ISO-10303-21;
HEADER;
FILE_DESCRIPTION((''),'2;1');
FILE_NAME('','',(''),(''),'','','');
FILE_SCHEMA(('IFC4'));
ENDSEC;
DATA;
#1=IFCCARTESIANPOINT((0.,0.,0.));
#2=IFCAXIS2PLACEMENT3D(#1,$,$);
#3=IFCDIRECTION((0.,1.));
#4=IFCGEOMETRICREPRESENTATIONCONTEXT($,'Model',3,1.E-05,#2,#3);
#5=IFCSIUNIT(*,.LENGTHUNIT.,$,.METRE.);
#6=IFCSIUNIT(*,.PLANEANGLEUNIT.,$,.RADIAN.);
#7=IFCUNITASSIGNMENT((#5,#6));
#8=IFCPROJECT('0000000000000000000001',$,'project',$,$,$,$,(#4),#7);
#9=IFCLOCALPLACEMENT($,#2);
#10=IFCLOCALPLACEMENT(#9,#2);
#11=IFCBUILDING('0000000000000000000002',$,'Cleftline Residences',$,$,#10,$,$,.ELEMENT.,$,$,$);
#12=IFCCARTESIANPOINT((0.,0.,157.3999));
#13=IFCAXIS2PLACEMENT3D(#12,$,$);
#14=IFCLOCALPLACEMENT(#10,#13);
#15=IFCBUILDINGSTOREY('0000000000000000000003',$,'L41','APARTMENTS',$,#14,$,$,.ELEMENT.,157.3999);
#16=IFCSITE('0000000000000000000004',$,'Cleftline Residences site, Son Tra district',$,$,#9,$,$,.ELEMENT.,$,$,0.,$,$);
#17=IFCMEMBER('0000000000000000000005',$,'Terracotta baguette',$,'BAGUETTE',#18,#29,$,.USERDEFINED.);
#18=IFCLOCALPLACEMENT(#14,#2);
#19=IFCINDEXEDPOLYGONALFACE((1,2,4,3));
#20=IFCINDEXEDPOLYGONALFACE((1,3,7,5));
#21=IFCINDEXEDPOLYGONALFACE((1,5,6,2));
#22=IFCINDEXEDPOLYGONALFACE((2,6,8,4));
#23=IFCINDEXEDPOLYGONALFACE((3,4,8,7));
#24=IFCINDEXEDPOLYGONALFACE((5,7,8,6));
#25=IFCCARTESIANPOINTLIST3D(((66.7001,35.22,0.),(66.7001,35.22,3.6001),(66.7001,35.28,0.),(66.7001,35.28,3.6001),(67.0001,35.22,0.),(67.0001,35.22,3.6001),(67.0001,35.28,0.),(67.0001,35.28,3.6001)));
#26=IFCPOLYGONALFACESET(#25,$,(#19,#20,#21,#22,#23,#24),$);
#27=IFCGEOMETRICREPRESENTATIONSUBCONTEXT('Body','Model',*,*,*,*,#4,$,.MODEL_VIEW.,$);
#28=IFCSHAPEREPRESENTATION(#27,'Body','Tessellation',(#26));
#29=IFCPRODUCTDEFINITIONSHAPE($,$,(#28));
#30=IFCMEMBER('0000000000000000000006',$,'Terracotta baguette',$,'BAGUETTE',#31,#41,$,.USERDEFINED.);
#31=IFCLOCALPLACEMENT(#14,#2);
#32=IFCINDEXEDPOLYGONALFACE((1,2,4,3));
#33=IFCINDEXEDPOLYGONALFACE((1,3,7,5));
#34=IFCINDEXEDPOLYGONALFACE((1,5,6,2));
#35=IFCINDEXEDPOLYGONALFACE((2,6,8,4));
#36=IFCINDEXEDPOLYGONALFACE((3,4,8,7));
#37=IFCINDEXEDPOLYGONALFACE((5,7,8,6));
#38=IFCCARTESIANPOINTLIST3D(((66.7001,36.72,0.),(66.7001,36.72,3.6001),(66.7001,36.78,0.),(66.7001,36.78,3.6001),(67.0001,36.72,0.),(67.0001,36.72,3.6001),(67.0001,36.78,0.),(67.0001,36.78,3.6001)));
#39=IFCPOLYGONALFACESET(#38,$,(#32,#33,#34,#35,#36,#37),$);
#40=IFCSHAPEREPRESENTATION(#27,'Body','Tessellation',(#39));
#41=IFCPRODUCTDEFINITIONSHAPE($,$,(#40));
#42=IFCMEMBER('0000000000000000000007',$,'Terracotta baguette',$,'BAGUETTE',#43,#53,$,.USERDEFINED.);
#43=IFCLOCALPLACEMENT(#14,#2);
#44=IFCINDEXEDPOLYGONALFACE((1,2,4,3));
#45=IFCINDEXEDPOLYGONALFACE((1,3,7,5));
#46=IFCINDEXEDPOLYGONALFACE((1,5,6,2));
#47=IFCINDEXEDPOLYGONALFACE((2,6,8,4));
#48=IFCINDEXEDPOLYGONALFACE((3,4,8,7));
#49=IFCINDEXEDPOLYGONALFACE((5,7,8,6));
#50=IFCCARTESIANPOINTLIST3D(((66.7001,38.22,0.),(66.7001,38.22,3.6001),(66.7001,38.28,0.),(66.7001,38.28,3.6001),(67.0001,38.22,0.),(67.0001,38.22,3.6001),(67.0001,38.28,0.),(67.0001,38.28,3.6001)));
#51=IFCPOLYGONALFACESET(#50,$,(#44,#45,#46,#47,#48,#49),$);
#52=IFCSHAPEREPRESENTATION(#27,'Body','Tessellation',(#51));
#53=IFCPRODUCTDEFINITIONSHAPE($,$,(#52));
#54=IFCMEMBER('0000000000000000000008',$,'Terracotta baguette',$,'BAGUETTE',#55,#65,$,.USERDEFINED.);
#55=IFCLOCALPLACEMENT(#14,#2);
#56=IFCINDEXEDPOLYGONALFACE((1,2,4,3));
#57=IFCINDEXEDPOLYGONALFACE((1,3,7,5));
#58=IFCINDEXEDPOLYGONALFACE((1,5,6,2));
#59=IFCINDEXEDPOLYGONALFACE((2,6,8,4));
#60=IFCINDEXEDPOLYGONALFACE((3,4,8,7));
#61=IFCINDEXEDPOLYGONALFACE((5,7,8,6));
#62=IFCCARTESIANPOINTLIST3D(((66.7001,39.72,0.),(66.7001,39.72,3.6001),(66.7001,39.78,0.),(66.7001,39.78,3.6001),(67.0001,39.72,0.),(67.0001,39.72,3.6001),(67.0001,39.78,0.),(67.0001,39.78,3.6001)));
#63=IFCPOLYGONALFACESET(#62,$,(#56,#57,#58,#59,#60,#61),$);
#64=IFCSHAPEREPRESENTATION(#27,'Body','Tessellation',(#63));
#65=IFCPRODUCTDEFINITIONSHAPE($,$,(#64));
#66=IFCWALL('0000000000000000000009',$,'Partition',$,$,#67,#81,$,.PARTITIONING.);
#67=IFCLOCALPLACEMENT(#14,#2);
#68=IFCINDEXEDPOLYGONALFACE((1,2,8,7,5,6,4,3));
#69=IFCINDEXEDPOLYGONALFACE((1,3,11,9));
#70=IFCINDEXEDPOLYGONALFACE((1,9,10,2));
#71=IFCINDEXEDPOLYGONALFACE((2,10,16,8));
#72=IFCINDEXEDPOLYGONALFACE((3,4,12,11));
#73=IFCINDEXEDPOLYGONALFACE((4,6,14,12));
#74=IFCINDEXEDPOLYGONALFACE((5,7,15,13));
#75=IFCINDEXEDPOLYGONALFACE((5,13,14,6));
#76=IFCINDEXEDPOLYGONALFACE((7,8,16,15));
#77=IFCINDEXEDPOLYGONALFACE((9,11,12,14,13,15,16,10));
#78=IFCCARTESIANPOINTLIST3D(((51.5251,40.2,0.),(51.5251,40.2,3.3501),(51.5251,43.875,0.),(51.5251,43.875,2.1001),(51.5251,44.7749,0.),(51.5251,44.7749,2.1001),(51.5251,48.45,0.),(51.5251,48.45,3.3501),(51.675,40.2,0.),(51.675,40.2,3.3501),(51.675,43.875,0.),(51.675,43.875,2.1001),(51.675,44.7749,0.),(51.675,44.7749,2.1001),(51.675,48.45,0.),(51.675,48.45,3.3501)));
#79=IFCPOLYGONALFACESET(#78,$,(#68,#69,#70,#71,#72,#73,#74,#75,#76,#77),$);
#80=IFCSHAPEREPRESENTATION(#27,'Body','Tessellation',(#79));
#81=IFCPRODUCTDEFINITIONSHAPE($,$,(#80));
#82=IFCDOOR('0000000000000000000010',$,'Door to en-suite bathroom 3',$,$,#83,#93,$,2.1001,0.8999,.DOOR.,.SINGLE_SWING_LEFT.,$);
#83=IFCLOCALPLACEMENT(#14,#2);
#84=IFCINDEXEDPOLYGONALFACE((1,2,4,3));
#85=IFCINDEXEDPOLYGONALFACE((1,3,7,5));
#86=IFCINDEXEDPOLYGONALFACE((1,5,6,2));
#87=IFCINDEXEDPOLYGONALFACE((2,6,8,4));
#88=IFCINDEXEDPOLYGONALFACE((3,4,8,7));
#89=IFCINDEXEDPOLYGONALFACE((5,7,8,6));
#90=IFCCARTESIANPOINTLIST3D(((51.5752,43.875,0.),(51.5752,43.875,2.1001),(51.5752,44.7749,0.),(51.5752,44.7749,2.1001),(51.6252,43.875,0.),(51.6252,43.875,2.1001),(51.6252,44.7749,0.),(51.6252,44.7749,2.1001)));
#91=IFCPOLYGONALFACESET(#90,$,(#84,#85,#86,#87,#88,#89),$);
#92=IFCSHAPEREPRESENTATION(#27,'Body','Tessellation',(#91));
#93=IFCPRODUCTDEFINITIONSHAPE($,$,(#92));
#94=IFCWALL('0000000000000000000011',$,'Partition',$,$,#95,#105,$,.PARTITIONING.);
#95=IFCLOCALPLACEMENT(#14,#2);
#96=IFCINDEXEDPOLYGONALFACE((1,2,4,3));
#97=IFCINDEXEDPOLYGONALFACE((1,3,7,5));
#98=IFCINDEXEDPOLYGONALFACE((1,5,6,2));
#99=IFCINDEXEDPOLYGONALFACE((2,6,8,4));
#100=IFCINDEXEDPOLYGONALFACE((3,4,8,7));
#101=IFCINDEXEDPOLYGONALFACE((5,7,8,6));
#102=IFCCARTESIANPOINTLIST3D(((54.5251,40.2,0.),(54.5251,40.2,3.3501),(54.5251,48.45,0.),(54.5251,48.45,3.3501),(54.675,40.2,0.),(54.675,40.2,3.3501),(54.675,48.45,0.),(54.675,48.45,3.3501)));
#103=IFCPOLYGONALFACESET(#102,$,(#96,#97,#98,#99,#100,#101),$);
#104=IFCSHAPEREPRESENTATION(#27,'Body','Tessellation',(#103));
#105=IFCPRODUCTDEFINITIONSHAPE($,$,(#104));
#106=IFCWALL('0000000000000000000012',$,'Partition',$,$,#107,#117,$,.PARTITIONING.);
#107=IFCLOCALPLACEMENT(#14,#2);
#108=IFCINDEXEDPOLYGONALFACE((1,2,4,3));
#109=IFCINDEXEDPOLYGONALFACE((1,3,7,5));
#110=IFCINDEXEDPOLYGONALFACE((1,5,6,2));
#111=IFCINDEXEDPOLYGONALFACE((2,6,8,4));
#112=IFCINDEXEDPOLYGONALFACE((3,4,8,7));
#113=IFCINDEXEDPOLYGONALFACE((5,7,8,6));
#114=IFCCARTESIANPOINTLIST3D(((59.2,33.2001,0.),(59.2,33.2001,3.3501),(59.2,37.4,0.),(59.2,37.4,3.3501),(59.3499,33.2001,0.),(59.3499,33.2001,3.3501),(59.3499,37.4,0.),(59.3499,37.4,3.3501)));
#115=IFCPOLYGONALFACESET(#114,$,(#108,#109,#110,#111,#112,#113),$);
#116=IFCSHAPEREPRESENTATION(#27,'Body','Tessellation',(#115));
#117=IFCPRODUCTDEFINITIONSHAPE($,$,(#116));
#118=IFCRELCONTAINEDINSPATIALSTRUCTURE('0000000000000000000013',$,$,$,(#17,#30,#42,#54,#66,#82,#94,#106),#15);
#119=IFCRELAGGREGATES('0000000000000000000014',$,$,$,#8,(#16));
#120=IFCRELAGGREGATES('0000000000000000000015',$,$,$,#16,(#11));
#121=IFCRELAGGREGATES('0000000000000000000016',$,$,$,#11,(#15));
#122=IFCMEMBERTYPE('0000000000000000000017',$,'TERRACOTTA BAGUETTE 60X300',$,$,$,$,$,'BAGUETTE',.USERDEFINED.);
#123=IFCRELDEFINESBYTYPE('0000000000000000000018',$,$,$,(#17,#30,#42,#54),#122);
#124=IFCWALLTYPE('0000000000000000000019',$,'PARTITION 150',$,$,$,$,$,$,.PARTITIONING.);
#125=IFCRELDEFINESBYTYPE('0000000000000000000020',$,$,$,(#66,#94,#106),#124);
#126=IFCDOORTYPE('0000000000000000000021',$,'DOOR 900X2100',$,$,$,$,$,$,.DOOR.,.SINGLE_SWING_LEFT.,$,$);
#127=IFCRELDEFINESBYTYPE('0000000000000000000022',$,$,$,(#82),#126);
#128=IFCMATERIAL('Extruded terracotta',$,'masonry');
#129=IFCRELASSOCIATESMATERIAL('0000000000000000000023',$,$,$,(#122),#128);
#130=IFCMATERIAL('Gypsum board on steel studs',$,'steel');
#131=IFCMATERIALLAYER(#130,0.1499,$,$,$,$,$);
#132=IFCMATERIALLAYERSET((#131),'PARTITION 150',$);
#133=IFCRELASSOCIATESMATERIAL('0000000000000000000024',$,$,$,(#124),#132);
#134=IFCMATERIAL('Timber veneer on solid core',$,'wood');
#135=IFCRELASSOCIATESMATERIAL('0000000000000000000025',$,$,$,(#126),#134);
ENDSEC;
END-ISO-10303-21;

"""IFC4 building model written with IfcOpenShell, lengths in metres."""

from ifc_helpers import new_model, si_unit, direction, frame, frame_2d, origin, origin_2d, place, context, subcontext, project, spatial, rectangle, extrude, material, layer, layer_set, material_profile, profile_set, type_object, element, fill, save


model = new_model("IFC4")

# Units and contexts
model_context = context("Model", 3, precision=1e-05, world=origin(), true_north=direction((0.0, 1.0)))
body_context = subcontext(model_context, "Body", "Model", "MODEL_VIEW")
ifc_project = project(units=[si_unit("LENGTHUNIT", "METRE"), si_unit("PLANEANGLEUNIT", "RADIAN")], contexts=[model_context])

# Site, building, storey
site_placement = place(None, origin())
site = spatial("IfcSite", under=ifc_project, at=site_placement, Name="Cleftline Residences site, Son Tra district", CompositionType="ELEMENT", RefElevation=0.0)
building_placement = place(site_placement, origin())
building = spatial("IfcBuilding", under=site, at=building_placement, Name="Cleftline Residences", CompositionType="ELEMENT")
storey_placement = place(building_placement, frame((0.0, 0.0, 157.3999)))
storey = spatial("IfcBuildingStorey", under=building, at=storey_placement, Name="L41", Description="APARTMENTS", CompositionType="ELEMENT", Elevation=157.3999)

# Members
ifc_material_1 = material(Name="Extruded terracotta", Category="masonry")
ifc_material_profile_1 = material_profile(ifc_material_1, rectangle(XDim=0.0601, YDim=0.3, at=origin_2d()))
ifc_profile_set_1 = profile_set([ifc_material_profile_1], Name="Extruded terracotta")
member_type_1 = type_object("IfcMemberType", Name="TERRACOTTA BAGUETTE 60X300", ElementType="BAGUETTE", PredefinedType="USERDEFINED", material=ifc_profile_set_1)
for number, where, z_axis, x_axis, name in (
    (1, (66.8501, 35.25, 0.0), (0.0, 0.0, 1.0), (0.0, 1.0, 0.0), "Terracotta baguette"),
    (2, (66.8501, 36.75, 0.0), (0.0, 0.0, 1.0), (0.0, 1.0, 0.0), "Terracotta baguette"),
    (3, (66.8501, 38.25, 0.0), (0.0, 0.0, 1.0), (0.0, 1.0, 0.0), "Terracotta baguette"),
    (4, (66.8501, 39.75, 0.0), (0.0, 0.0, 1.0), (0.0, 1.0, 0.0), "Terracotta baguette"),
):
    element("IfcMember", number, at=place(storey_placement, frame(where, z_axis=z_axis, x_axis=x_axis)), inside=storey, type_object=member_type_1, Name=name, ObjectType="BAGUETTE", PredefinedType="USERDEFINED", context=body_context, shape_type="SweptSolid", body=[
        extrude(rectangle(XDim=0.0601, YDim=0.3, at=origin_2d()), origin(), (0.0, 0.0, 1.0), 3.6001),
    ])

# Wall, opening, door
ifc_material_2 = material(Name="Gypsum board on steel studs", Category="steel")
ifc_layer = layer(ifc_material_2, 0.1499)
ifc_layer_set = layer_set([ifc_layer], Name="PARTITION 150")
wall_type = type_object("IfcWallType", Name="PARTITION 150", PredefinedType="PARTITIONING", material=ifc_layer_set)
wall_1_placement = place(storey_placement, frame((51.6001, 40.2, 0.0), z_axis=(0.0, 0.0, 1.0), x_axis=(0.0, 1.0, 0.0)))
wall_1 = element("IfcWall", 5, at=wall_1_placement, inside=storey, type_object=wall_type, Name="Partition", PredefinedType="PARTITIONING", context=body_context, shape_type="SweptSolid", body=[
    extrude(rectangle(XDim=8.25, YDim=0.1499, at=frame_2d((4.125, 0.0))), origin(), (0.0, 0.0, 1.0), 3.3501),
])
opening_placement = place(wall_1_placement, frame((3.675, 0.0, 0.0)))
opening = element("IfcOpeningElement", 6, at=opening_placement, cuts=wall_1, PredefinedType="OPENING", context=body_context, shape_type="SweptSolid", body=[
    extrude(rectangle(XDim=0.8999, YDim=2.1001, at=frame_2d((0.45, 1.05))), frame((0.0, 0.085, 0.0), z_axis=(0.0, -1.0, 0.0), x_axis=(1.0, 0.0, 0.0)), (0.0, 0.0, 1.0), 0.1699),
])
ifc_material_3 = material(Name="Timber veneer on solid core", Category="wood")
door_type = type_object("IfcDoorType", Name="DOOR 900X2100", OperationType="SINGLE_SWING_LEFT", PredefinedType="DOOR", material=ifc_material_3)
door_placement = place(opening_placement, origin())
door = element("IfcDoor", 7, at=door_placement, inside=storey, type_object=door_type, Name="Door to en-suite bathroom 3", OperationType="SINGLE_SWING_LEFT", OverallHeight=2.1001, OverallWidth=0.8999, PredefinedType="DOOR", context=body_context, shape_type="SweptSolid", body=[
    extrude(rectangle(XDim=0.8999, YDim=2.1001, at=frame_2d((0.45, 1.05))), frame((0.0, 0.0249, 0.0), z_axis=(0.0, -1.0, 0.0), x_axis=(1.0, 0.0, 0.0)), (0.0, 0.0, 1.0), 0.05),
])
fill(opening, door)

# Walls
wall_2_placement = place(storey_placement, frame((54.6001, 40.2, 0.0), z_axis=(0.0, 0.0, 1.0), x_axis=(0.0, 1.0, 0.0)))
element("IfcWall", 8, at=wall_2_placement, inside=storey, type_object=wall_type, Name="Partition", PredefinedType="PARTITIONING", context=body_context, shape_type="SweptSolid", body=[
    extrude(rectangle(XDim=8.25, YDim=0.1499, at=frame_2d((4.125, 0.0))), origin(), (0.0, 0.0, 1.0), 3.3501),
])
wall_3_placement = place(storey_placement, frame((59.2749, 33.2, 0.0), z_axis=(0.0, 0.0, 1.0), x_axis=(0.0, 1.0, 0.0)))
element("IfcWall", 9, at=wall_3_placement, inside=storey, type_object=wall_type, Name="Partition", PredefinedType="PARTITIONING", context=body_context, shape_type="SweptSolid", body=[
    extrude(rectangle(XDim=4.2, YDim=0.1499, at=frame_2d((2.1001, 0.0))), origin(), (0.0, 0.0, 1.0), 3.3501),
])

save(model, "model.ifc")
